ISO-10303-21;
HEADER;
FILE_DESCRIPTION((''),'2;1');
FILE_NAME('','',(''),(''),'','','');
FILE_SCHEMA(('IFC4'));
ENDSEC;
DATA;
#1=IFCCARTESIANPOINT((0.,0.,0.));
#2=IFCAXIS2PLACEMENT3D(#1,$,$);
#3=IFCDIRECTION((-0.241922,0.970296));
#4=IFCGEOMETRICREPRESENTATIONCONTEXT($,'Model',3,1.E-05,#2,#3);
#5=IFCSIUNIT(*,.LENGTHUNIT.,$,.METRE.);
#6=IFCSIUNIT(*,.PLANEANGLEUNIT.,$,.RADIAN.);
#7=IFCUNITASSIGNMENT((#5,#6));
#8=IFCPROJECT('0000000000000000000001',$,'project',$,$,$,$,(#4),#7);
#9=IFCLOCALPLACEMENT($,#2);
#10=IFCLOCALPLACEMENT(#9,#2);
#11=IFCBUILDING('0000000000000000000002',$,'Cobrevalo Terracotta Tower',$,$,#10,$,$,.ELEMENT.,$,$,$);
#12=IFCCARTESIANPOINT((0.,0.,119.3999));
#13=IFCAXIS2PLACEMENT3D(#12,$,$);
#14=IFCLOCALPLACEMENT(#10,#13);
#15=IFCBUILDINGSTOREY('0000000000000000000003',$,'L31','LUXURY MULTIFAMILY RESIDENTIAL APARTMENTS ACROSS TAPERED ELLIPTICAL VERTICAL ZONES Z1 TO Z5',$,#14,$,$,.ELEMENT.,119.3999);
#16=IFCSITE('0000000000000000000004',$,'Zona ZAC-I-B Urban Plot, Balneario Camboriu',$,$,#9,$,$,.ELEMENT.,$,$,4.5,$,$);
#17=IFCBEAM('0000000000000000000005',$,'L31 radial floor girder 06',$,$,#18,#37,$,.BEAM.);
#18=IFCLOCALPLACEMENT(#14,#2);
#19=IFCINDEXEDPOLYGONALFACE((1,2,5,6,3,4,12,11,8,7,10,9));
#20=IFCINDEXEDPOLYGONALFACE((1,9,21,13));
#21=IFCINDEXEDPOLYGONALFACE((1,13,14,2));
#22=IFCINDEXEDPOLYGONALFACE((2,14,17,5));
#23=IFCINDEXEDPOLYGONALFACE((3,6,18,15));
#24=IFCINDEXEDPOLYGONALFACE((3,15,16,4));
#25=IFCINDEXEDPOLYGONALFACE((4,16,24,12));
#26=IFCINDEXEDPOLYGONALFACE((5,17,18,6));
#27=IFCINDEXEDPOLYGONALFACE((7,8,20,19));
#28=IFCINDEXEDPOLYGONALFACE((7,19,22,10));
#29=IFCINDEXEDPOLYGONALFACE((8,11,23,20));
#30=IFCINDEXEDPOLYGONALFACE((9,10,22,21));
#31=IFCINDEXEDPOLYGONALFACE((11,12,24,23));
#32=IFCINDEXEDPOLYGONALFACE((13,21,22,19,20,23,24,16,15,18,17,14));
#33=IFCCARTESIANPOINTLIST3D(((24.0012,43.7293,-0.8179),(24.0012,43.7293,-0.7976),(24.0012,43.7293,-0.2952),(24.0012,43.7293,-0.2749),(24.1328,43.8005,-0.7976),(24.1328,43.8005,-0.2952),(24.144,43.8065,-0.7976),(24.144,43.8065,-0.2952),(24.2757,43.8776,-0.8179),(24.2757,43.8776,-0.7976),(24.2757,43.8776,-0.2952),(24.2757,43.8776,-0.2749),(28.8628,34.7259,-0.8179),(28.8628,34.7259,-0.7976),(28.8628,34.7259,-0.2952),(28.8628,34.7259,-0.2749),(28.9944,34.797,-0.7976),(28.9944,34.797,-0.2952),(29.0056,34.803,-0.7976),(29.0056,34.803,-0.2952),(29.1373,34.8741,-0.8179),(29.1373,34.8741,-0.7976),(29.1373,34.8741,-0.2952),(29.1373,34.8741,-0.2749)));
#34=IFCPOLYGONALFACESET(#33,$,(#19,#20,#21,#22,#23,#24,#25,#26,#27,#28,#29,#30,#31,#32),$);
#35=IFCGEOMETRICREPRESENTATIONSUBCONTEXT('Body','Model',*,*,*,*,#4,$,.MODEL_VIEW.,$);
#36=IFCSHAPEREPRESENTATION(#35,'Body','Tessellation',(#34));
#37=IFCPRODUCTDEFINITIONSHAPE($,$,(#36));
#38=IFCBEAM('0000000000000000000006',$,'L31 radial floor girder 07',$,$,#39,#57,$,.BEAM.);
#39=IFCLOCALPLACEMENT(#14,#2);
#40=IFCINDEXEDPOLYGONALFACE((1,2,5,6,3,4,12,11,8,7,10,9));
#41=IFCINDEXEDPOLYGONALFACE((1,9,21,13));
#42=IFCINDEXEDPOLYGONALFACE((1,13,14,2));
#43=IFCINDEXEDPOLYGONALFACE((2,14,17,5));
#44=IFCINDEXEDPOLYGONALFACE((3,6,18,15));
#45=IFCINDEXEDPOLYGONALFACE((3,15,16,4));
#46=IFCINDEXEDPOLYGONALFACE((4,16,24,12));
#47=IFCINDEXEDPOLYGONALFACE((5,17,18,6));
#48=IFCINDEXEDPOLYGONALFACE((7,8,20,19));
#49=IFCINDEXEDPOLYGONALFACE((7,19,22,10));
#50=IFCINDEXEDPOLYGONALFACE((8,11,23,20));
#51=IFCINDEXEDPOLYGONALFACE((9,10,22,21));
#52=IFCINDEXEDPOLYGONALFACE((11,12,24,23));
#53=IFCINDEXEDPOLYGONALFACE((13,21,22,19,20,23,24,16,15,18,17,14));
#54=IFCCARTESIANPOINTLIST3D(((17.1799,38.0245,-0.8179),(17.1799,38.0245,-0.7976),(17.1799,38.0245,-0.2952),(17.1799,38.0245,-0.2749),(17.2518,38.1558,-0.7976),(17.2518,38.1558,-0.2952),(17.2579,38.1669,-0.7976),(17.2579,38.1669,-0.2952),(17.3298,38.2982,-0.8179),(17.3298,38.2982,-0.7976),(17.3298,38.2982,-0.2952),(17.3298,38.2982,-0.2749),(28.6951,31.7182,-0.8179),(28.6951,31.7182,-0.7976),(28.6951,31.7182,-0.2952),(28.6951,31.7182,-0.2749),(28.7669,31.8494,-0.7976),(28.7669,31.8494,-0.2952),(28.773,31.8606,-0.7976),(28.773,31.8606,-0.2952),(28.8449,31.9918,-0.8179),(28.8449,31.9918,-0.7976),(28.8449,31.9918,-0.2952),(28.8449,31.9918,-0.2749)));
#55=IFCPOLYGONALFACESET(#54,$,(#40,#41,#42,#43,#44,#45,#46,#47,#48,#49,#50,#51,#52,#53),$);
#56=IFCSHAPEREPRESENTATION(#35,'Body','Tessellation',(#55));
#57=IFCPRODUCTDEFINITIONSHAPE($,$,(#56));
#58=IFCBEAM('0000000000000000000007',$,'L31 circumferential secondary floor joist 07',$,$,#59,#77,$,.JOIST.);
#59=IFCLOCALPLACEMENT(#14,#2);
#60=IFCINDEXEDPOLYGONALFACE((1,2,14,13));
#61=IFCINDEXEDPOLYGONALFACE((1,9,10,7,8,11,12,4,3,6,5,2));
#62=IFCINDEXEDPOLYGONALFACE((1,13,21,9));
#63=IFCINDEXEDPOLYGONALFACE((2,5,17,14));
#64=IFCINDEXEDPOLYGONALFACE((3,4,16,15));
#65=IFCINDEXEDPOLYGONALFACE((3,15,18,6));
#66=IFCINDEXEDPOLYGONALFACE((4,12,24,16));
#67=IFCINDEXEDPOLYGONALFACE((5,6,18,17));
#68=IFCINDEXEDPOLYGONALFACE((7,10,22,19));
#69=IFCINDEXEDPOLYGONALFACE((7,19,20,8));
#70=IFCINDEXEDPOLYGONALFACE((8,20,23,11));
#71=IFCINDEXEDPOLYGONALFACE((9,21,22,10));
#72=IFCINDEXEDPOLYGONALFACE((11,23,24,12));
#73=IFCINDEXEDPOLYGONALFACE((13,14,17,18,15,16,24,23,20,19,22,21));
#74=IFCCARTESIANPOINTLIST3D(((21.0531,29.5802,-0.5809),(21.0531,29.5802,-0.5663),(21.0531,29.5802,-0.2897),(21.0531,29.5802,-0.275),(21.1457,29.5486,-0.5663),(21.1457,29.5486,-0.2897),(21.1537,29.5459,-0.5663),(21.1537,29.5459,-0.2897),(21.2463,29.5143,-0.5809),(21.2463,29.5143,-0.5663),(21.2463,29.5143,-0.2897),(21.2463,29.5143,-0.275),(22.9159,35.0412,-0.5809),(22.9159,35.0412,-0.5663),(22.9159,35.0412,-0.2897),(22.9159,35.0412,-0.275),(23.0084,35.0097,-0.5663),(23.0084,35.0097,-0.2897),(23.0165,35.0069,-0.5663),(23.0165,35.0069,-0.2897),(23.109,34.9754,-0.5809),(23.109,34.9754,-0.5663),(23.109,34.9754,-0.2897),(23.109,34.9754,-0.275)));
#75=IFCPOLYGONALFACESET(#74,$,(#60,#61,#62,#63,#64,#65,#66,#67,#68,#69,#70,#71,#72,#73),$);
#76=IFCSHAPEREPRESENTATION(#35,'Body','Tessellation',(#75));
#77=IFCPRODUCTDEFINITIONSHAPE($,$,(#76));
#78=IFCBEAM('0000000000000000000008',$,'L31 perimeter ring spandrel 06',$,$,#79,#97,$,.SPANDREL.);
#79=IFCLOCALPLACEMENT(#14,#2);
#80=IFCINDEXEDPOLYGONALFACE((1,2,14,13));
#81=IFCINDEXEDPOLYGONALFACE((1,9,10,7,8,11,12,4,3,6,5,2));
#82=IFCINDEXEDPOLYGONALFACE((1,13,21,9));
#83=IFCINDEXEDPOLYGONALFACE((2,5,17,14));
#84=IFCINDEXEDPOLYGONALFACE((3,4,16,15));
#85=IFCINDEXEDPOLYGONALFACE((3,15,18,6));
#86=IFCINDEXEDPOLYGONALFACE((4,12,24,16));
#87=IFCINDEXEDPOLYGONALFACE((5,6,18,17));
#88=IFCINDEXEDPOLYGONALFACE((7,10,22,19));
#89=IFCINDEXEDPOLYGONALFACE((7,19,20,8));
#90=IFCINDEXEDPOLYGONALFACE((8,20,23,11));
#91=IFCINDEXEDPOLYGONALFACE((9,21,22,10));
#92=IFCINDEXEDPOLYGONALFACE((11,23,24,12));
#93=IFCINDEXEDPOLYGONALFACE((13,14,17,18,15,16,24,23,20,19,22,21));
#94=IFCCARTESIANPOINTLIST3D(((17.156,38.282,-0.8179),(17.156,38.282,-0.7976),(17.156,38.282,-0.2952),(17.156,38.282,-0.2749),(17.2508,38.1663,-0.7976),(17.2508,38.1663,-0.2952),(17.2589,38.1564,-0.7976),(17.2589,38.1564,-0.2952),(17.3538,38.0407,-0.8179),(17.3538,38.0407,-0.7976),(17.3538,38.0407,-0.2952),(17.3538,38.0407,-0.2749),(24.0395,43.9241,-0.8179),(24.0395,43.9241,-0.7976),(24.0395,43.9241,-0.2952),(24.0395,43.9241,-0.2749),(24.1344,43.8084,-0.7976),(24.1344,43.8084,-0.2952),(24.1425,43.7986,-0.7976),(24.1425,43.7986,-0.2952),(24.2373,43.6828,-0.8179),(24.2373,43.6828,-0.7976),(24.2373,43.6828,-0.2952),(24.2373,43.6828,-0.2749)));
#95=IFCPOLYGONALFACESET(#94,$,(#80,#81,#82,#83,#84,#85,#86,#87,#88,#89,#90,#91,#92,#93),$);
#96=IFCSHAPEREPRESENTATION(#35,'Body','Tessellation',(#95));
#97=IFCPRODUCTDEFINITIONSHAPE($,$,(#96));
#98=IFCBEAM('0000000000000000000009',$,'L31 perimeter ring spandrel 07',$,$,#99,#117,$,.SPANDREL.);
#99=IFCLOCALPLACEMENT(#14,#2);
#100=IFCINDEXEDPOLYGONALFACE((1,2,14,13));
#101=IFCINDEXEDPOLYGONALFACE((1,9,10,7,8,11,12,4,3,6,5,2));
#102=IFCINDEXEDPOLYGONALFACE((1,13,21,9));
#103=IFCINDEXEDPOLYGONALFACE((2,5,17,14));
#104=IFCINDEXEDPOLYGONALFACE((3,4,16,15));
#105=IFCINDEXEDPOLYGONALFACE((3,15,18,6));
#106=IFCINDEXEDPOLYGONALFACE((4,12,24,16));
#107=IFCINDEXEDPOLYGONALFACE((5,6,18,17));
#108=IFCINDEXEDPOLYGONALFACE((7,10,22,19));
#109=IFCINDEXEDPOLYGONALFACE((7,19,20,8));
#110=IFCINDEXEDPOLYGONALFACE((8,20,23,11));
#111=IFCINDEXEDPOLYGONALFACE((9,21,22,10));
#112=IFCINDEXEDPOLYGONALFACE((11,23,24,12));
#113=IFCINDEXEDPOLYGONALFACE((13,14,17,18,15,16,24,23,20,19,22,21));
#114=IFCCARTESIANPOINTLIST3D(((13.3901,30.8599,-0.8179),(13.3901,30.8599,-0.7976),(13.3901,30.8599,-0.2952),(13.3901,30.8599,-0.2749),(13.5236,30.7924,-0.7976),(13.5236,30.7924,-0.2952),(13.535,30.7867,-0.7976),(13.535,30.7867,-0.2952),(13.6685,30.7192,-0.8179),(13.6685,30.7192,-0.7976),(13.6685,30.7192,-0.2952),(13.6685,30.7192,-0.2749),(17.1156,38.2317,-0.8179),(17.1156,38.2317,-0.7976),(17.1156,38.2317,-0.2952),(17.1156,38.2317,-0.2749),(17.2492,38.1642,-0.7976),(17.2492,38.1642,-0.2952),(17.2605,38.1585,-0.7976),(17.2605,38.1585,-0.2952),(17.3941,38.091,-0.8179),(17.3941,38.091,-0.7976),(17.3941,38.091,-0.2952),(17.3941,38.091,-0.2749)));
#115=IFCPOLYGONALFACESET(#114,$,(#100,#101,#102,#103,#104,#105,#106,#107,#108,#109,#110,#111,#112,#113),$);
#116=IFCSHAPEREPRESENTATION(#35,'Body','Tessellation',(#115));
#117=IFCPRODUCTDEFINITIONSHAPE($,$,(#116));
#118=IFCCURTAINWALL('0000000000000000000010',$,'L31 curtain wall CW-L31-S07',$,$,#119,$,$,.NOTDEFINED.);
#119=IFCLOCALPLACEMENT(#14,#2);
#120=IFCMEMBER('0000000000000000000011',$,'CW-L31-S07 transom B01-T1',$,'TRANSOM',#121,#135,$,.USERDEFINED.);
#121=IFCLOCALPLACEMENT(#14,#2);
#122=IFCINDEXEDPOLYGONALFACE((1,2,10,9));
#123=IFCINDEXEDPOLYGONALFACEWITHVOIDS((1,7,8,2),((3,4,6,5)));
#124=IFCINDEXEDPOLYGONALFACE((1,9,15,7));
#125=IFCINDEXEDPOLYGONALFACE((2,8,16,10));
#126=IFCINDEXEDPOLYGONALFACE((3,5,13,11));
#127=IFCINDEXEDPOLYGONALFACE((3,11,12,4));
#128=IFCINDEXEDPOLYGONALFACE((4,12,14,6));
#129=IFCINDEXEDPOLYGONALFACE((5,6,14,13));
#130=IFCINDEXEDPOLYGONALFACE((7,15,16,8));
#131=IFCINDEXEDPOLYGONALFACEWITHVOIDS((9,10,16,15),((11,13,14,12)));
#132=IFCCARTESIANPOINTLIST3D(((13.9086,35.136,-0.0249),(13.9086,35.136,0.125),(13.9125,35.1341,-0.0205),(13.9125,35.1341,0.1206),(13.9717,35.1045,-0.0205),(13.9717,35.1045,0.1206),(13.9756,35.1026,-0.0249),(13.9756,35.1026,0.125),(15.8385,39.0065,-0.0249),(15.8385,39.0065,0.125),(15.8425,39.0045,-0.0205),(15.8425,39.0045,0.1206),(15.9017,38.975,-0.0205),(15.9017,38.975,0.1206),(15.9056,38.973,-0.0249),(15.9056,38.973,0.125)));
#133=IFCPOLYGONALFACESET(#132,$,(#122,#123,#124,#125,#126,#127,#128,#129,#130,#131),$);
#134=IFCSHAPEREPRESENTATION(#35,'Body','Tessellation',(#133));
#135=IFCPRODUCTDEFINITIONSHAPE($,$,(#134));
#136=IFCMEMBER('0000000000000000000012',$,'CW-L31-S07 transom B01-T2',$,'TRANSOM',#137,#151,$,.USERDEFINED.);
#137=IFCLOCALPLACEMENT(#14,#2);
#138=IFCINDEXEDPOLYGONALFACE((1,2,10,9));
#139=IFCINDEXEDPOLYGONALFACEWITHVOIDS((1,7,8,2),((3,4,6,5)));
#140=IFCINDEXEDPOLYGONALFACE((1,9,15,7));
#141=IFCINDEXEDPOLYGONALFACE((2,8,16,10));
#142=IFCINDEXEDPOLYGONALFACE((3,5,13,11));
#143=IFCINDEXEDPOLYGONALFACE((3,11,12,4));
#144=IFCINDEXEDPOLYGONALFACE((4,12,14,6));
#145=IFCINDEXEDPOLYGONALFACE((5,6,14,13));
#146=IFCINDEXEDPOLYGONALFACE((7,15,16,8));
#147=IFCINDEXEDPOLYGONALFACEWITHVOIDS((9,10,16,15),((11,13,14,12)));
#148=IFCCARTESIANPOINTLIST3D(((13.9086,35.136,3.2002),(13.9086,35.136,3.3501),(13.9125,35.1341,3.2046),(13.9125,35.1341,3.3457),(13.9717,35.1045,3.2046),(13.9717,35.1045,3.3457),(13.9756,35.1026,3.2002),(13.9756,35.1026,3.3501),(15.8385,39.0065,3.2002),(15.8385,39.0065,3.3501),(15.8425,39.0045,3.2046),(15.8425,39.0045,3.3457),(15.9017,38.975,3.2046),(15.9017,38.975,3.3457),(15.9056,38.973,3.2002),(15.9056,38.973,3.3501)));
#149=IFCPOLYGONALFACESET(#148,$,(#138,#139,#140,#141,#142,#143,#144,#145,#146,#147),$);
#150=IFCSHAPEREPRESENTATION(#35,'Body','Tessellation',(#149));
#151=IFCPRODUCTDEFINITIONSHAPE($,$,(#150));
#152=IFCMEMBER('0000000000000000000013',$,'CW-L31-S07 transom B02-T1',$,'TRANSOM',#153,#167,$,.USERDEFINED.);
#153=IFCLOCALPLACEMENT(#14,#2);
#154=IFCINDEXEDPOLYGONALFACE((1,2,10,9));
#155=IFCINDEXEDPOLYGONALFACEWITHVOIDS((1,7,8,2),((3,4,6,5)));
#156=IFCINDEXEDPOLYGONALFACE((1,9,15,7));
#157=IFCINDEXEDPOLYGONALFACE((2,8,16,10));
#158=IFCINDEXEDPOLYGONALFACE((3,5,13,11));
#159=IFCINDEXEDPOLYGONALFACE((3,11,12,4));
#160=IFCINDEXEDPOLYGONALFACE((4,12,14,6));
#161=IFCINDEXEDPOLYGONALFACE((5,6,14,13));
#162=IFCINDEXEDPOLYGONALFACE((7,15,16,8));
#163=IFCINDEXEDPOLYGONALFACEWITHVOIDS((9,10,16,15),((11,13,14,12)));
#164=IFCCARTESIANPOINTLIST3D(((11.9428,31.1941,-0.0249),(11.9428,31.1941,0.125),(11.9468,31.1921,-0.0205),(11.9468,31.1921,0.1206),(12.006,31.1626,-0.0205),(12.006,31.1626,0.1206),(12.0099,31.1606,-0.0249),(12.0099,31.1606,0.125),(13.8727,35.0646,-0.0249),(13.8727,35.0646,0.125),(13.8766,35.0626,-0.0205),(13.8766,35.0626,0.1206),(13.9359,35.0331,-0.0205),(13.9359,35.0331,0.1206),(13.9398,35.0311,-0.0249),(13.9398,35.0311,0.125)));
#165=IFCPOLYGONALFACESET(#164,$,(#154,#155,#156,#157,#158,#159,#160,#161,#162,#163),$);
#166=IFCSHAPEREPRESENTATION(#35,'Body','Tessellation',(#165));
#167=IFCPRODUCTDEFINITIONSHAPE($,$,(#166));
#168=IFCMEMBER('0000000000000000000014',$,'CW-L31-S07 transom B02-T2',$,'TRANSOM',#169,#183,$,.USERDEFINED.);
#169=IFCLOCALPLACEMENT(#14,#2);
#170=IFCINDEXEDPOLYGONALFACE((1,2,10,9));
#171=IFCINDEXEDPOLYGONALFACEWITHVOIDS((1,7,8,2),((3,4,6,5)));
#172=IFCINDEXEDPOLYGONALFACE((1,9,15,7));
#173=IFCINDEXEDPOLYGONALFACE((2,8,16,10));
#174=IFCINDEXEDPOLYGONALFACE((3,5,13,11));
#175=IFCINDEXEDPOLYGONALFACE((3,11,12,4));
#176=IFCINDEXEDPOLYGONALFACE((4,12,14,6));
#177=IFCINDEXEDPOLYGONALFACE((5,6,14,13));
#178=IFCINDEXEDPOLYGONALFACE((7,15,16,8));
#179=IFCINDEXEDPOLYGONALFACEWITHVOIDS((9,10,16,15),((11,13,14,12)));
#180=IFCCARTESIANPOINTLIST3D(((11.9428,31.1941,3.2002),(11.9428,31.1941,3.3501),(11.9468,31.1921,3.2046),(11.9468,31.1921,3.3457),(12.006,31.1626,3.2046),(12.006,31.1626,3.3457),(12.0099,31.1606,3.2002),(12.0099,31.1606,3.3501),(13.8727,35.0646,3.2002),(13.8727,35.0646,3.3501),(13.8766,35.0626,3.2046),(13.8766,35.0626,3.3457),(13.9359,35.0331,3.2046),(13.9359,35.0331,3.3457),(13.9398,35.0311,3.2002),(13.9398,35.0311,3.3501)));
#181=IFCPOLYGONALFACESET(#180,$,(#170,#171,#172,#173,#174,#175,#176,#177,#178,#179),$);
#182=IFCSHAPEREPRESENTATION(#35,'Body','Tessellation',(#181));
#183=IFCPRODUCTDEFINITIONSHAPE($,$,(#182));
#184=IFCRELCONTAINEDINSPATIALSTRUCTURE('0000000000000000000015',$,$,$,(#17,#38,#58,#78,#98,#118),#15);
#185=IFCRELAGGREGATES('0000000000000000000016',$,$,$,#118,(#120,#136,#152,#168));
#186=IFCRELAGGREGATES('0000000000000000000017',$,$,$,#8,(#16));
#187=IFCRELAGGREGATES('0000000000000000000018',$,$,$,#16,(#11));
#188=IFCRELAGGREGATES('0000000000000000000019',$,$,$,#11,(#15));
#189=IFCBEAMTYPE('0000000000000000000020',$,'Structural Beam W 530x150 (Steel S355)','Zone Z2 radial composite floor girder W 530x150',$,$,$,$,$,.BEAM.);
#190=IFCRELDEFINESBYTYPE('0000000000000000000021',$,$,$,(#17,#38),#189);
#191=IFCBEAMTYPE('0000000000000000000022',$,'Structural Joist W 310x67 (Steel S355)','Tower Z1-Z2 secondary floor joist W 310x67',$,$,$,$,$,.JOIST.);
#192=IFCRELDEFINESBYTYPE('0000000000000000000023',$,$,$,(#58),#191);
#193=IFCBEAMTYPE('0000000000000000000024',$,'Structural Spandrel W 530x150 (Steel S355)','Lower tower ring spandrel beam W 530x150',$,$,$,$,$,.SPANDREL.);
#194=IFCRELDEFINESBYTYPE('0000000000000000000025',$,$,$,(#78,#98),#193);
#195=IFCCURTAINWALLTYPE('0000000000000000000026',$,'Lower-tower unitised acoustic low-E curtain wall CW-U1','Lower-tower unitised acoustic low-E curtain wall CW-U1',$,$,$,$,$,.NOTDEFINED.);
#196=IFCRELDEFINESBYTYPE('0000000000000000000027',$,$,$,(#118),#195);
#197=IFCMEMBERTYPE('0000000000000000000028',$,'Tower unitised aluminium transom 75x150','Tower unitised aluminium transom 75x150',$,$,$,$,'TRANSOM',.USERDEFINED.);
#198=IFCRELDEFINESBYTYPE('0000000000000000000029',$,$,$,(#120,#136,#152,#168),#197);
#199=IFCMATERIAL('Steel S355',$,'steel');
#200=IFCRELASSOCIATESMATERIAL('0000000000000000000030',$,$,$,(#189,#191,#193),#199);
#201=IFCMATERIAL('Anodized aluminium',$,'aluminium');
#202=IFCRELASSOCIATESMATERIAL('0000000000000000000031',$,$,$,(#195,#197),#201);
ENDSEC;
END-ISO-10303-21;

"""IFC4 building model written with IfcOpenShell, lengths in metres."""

from ifc_helpers import new_model, si_unit, direction, frame, origin, origin_2d, place, context, subcontext, project, spatial, hollow_rectangle, i_section, extrude, source, transform, mapped, material, material_profile, profile_set, type_object, element, aggregate, save


model = new_model("IFC4")

# Units and contexts
model_context = context("Model", 3, precision=1e-05, world=origin(), true_north=direction((-0.241922, 0.970296)))
body_context = subcontext(model_context, "Body", "Model", "MODEL_VIEW")
ifc_project = project(units=[si_unit("LENGTHUNIT", "METRE"), si_unit("PLANEANGLEUNIT", "RADIAN")], contexts=[model_context])

# Site, building, storey
site_placement = place(None, origin())
site = spatial("IfcSite", under=ifc_project, at=site_placement, Name="Zona ZAC-I-B Urban Plot, Balneario Camboriu", CompositionType="ELEMENT", RefElevation=4.5)
building_placement = place(site_placement, origin())
building = spatial("IfcBuilding", under=site, at=building_placement, Name="Cobrevalo Terracotta Tower", CompositionType="ELEMENT")
storey_placement = place(building_placement, frame((0.0, 0.0, 119.3999)))
storey = spatial("IfcBuildingStorey", under=building, at=storey_placement, Name="L31", Description="LUXURY MULTIFAMILY RESIDENTIAL APARTMENTS ACROSS TAPERED ELLIPTICAL VERTICAL ZONES Z1 TO Z5", CompositionType="ELEMENT", Elevation=119.3999)

# Shared definitions
ifc_material_1 = material(Name="Steel S355", Category="steel")

# Beams
ifc_material_profile_1 = material_profile(ifc_material_1, i_section(OverallWidth=0.312, OverallDepth=0.543, WebThickness=0.0127, FlangeThickness=0.0203, at=origin_2d()), Name="W 530x150")
ifc_profile_set_1 = profile_set([ifc_material_profile_1], Name="Steel S355")
beam_type_1 = type_object("IfcBeamType", Name="Structural Beam W 530x150 (Steel S355)", Description="Zone Z2 radial composite floor girder W 530x150", PredefinedType="BEAM", material=ifc_profile_set_1)
beam_1_placement = place(storey_placement, frame((24.1384, 43.8035, -0.5464), z_axis=(0.475128, -0.879917, 0.0), x_axis=(0.879917, 0.475128, 0.0)))
element("IfcBeam", 1, at=beam_1_placement, inside=storey, type_object=beam_type_1, Name="L31 radial floor girder 06", PredefinedType="BEAM", context=body_context, shape_type="SweptSolid", body=[
    extrude(i_section(OverallWidth=0.312, OverallDepth=0.543, WebThickness=0.0127, FlangeThickness=0.0203, at=origin_2d()), origin(), (0.0, 0.0, 1.0), 10.2322),
])
beam_2_placement = place(storey_placement, frame((17.2549, 38.1614, -0.5464), z_axis=(0.877081, -0.480343, 0.0), x_axis=(0.480343, 0.877081, 0.0)))
element("IfcBeam", 2, at=beam_2_placement, inside=storey, type_object=beam_type_1, Name="L31 radial floor girder 07", PredefinedType="BEAM", context=body_context, shape_type="SweptSolid", body=[
    extrude(i_section(OverallWidth=0.312, OverallDepth=0.543, WebThickness=0.0127, FlangeThickness=0.0203, at=origin_2d()), origin(), (0.0, 0.0, 1.0), 13.1289),
])
ifc_material_profile_2 = material_profile(ifc_material_1, i_section(OverallWidth=0.2041, OverallDepth=0.3059, WebThickness=0.0085, FlangeThickness=0.0146, at=origin_2d()), Name="W 310x67")
ifc_profile_set_2 = profile_set([ifc_material_profile_2], Name="Steel S355")
beam_type_2 = type_object("IfcBeamType", Name="Structural Joist W 310x67 (Steel S355)", Description="Tower Z1-Z2 secondary floor joist W 310x67", PredefinedType="JOIST", material=ifc_profile_set_2)
beam_3_placement = place(storey_placement, frame((23.0125, 35.0083, -0.428), z_axis=(-0.322833, -0.946456, 0.0), x_axis=(0.946456, -0.322833, 0.0)))
element("IfcBeam", 3, at=beam_3_placement, inside=storey, type_object=beam_type_2, Name="L31 circumferential secondary floor joist 07", PredefinedType="JOIST", context=body_context, shape_type="SweptSolid", body=[
    extrude(i_section(OverallWidth=0.2041, OverallDepth=0.3059, WebThickness=0.0085, FlangeThickness=0.0146, at=origin_2d()), origin(), (0.0, 0.0, 1.0), 5.77),
])
ifc_material_profile_3 = material_profile(ifc_material_1, i_section(OverallWidth=0.312, OverallDepth=0.543, WebThickness=0.0127, FlangeThickness=0.0203, at=origin_2d()), Name="W 530x150")
ifc_profile_set_3 = profile_set([ifc_material_profile_3], Name="Steel S355")
beam_type_3 = type_object("IfcBeamType", Name="Structural Spandrel W 530x150 (Steel S355)", Description="Lower tower ring spandrel beam W 530x150", PredefinedType="SPANDREL", material=ifc_profile_set_3)
beam_4_placement = place(storey_placement, frame((24.1384, 43.8035, -0.5464), z_axis=(-0.773401, -0.633917, 0.0), x_axis=(0.633917, -0.773401, 0.0)))
element("IfcBeam", 4, at=beam_4_placement, inside=storey, type_object=beam_type_3, Name="L31 perimeter ring spandrel 06", PredefinedType="SPANDREL", context=body_context, shape_type="SweptSolid", body=[
    extrude(i_section(OverallWidth=0.312, OverallDepth=0.543, WebThickness=0.0127, FlangeThickness=0.0203, at=origin_2d()), origin(), (0.0, 0.0, 1.0), 8.9004),
])
beam_5_placement = place(storey_placement, frame((17.2549, 38.1614, -0.5464), z_axis=(-0.451052, -0.892498, 0.0), x_axis=(0.892498, -0.451052, 0.0)))
element("IfcBeam", 5, at=beam_5_placement, inside=storey, type_object=beam_type_3, Name="L31 perimeter ring spandrel 07", PredefinedType="SPANDREL", context=body_context, shape_type="SweptSolid", body=[
    extrude(i_section(OverallWidth=0.312, OverallDepth=0.543, WebThickness=0.0127, FlangeThickness=0.0203, at=origin_2d()), origin(), (0.0, 0.0, 1.0), 8.2598),
])

# Curtain wall, members
ifc_material_2 = material(Name="Anodized aluminium", Category="aluminium")
curtain_wall_type = type_object("IfcCurtainWallType", Name="Lower-tower unitised acoustic low-E curtain wall CW-U1", Description="Lower-tower unitised acoustic low-E curtain wall CW-U1", PredefinedType="NOTDEFINED", material=ifc_material_2)
curtain_wall_1_placement = place(storey_placement, origin())
curtain_wall_1 = element("IfcCurtainWall", 6, at=curtain_wall_1_placement, inside=storey, type_object=curtain_wall_type, Name="L31 curtain wall CW-L31-S07", PredefinedType="NOTDEFINED")
ifc_material_profile_4 = material_profile(ifc_material_2, hollow_rectangle(XDim=0.075, YDim=0.1499, WallThickness=0.0044, at=origin_2d()), Name="CWT 75x150")
ifc_profile_set_4 = profile_set([ifc_material_profile_4], Name="Anodized aluminium")
member_type_1 = type_object("IfcMemberType", Name="Tower unitised aluminium transom 75x150", Description="Tower unitised aluminium transom 75x150", ElementType="TRANSOM", PredefinedType="USERDEFINED", material=ifc_profile_set_4)
shared_shape_1 = source(origin(), body_context, "Body", "SweptSolid", [
    extrude(hollow_rectangle(XDim=0.075, YDim=0.1499, WallThickness=0.0044, at=origin_2d()), origin(), (0.0, 0.0, 1.0), 4.325),
])
member_1_placement = place(storey_placement, frame((15.8721, 38.9897, 0.05), z_axis=(-0.446242, -0.894912, 0.0), x_axis=(0.894912, -0.446242, 0.0)))
member_1 = element("IfcMember", 7, at=member_1_placement, type_object=member_type_1, Name="CW-L31-S07 transom B01-T1", ObjectType="TRANSOM", PredefinedType="USERDEFINED", context=body_context, shape_type="MappedRepresentation", body=[
    mapped(shared_shape_1, transform((0.0, 0.0, 0.0), scale=1.0)),
])
member_2_placement = place(storey_placement, frame((15.8721, 38.9897, 3.2751), z_axis=(-0.446242, -0.894912, 0.0), x_axis=(0.894912, -0.446242, 0.0)))
member_2 = element("IfcMember", 8, at=member_2_placement, type_object=member_type_1, Name="CW-L31-S07 transom B01-T2", ObjectType="TRANSOM", PredefinedType="USERDEFINED", context=body_context, shape_type="MappedRepresentation", body=[
    mapped(shared_shape_1, transform((0.0, 0.0, 0.0), scale=1.0)),
])
member_3_placement = place(storey_placement, frame((13.9062, 35.0479, 0.05), z_axis=(-0.44622, -0.894923, 0.0), x_axis=(0.894923, -0.44622, 0.0)))
member_3 = element("IfcMember", 9, at=member_3_placement, type_object=member_type_1, Name="CW-L31-S07 transom B02-T1", ObjectType="TRANSOM", PredefinedType="USERDEFINED", context=body_context, shape_type="MappedRepresentation", body=[
    mapped(shared_shape_1, transform((0.0, 0.0, 0.0), scale=1.0)),
])
member_4_placement = place(storey_placement, frame((13.9062, 35.0479, 3.2751), z_axis=(-0.44622, -0.894923, 0.0), x_axis=(0.894923, -0.44622, 0.0)))
member_4 = element("IfcMember", 10, at=member_4_placement, type_object=member_type_1, Name="CW-L31-S07 transom B02-T2", ObjectType="TRANSOM", PredefinedType="USERDEFINED", context=body_context, shape_type="MappedRepresentation", body=[
    mapped(shared_shape_1, transform((0.0, 0.0, 0.0), scale=1.0)),
])

aggregate(curtain_wall_1, [member_1, member_2, member_3, member_4])

save(model, "model.ifc")
